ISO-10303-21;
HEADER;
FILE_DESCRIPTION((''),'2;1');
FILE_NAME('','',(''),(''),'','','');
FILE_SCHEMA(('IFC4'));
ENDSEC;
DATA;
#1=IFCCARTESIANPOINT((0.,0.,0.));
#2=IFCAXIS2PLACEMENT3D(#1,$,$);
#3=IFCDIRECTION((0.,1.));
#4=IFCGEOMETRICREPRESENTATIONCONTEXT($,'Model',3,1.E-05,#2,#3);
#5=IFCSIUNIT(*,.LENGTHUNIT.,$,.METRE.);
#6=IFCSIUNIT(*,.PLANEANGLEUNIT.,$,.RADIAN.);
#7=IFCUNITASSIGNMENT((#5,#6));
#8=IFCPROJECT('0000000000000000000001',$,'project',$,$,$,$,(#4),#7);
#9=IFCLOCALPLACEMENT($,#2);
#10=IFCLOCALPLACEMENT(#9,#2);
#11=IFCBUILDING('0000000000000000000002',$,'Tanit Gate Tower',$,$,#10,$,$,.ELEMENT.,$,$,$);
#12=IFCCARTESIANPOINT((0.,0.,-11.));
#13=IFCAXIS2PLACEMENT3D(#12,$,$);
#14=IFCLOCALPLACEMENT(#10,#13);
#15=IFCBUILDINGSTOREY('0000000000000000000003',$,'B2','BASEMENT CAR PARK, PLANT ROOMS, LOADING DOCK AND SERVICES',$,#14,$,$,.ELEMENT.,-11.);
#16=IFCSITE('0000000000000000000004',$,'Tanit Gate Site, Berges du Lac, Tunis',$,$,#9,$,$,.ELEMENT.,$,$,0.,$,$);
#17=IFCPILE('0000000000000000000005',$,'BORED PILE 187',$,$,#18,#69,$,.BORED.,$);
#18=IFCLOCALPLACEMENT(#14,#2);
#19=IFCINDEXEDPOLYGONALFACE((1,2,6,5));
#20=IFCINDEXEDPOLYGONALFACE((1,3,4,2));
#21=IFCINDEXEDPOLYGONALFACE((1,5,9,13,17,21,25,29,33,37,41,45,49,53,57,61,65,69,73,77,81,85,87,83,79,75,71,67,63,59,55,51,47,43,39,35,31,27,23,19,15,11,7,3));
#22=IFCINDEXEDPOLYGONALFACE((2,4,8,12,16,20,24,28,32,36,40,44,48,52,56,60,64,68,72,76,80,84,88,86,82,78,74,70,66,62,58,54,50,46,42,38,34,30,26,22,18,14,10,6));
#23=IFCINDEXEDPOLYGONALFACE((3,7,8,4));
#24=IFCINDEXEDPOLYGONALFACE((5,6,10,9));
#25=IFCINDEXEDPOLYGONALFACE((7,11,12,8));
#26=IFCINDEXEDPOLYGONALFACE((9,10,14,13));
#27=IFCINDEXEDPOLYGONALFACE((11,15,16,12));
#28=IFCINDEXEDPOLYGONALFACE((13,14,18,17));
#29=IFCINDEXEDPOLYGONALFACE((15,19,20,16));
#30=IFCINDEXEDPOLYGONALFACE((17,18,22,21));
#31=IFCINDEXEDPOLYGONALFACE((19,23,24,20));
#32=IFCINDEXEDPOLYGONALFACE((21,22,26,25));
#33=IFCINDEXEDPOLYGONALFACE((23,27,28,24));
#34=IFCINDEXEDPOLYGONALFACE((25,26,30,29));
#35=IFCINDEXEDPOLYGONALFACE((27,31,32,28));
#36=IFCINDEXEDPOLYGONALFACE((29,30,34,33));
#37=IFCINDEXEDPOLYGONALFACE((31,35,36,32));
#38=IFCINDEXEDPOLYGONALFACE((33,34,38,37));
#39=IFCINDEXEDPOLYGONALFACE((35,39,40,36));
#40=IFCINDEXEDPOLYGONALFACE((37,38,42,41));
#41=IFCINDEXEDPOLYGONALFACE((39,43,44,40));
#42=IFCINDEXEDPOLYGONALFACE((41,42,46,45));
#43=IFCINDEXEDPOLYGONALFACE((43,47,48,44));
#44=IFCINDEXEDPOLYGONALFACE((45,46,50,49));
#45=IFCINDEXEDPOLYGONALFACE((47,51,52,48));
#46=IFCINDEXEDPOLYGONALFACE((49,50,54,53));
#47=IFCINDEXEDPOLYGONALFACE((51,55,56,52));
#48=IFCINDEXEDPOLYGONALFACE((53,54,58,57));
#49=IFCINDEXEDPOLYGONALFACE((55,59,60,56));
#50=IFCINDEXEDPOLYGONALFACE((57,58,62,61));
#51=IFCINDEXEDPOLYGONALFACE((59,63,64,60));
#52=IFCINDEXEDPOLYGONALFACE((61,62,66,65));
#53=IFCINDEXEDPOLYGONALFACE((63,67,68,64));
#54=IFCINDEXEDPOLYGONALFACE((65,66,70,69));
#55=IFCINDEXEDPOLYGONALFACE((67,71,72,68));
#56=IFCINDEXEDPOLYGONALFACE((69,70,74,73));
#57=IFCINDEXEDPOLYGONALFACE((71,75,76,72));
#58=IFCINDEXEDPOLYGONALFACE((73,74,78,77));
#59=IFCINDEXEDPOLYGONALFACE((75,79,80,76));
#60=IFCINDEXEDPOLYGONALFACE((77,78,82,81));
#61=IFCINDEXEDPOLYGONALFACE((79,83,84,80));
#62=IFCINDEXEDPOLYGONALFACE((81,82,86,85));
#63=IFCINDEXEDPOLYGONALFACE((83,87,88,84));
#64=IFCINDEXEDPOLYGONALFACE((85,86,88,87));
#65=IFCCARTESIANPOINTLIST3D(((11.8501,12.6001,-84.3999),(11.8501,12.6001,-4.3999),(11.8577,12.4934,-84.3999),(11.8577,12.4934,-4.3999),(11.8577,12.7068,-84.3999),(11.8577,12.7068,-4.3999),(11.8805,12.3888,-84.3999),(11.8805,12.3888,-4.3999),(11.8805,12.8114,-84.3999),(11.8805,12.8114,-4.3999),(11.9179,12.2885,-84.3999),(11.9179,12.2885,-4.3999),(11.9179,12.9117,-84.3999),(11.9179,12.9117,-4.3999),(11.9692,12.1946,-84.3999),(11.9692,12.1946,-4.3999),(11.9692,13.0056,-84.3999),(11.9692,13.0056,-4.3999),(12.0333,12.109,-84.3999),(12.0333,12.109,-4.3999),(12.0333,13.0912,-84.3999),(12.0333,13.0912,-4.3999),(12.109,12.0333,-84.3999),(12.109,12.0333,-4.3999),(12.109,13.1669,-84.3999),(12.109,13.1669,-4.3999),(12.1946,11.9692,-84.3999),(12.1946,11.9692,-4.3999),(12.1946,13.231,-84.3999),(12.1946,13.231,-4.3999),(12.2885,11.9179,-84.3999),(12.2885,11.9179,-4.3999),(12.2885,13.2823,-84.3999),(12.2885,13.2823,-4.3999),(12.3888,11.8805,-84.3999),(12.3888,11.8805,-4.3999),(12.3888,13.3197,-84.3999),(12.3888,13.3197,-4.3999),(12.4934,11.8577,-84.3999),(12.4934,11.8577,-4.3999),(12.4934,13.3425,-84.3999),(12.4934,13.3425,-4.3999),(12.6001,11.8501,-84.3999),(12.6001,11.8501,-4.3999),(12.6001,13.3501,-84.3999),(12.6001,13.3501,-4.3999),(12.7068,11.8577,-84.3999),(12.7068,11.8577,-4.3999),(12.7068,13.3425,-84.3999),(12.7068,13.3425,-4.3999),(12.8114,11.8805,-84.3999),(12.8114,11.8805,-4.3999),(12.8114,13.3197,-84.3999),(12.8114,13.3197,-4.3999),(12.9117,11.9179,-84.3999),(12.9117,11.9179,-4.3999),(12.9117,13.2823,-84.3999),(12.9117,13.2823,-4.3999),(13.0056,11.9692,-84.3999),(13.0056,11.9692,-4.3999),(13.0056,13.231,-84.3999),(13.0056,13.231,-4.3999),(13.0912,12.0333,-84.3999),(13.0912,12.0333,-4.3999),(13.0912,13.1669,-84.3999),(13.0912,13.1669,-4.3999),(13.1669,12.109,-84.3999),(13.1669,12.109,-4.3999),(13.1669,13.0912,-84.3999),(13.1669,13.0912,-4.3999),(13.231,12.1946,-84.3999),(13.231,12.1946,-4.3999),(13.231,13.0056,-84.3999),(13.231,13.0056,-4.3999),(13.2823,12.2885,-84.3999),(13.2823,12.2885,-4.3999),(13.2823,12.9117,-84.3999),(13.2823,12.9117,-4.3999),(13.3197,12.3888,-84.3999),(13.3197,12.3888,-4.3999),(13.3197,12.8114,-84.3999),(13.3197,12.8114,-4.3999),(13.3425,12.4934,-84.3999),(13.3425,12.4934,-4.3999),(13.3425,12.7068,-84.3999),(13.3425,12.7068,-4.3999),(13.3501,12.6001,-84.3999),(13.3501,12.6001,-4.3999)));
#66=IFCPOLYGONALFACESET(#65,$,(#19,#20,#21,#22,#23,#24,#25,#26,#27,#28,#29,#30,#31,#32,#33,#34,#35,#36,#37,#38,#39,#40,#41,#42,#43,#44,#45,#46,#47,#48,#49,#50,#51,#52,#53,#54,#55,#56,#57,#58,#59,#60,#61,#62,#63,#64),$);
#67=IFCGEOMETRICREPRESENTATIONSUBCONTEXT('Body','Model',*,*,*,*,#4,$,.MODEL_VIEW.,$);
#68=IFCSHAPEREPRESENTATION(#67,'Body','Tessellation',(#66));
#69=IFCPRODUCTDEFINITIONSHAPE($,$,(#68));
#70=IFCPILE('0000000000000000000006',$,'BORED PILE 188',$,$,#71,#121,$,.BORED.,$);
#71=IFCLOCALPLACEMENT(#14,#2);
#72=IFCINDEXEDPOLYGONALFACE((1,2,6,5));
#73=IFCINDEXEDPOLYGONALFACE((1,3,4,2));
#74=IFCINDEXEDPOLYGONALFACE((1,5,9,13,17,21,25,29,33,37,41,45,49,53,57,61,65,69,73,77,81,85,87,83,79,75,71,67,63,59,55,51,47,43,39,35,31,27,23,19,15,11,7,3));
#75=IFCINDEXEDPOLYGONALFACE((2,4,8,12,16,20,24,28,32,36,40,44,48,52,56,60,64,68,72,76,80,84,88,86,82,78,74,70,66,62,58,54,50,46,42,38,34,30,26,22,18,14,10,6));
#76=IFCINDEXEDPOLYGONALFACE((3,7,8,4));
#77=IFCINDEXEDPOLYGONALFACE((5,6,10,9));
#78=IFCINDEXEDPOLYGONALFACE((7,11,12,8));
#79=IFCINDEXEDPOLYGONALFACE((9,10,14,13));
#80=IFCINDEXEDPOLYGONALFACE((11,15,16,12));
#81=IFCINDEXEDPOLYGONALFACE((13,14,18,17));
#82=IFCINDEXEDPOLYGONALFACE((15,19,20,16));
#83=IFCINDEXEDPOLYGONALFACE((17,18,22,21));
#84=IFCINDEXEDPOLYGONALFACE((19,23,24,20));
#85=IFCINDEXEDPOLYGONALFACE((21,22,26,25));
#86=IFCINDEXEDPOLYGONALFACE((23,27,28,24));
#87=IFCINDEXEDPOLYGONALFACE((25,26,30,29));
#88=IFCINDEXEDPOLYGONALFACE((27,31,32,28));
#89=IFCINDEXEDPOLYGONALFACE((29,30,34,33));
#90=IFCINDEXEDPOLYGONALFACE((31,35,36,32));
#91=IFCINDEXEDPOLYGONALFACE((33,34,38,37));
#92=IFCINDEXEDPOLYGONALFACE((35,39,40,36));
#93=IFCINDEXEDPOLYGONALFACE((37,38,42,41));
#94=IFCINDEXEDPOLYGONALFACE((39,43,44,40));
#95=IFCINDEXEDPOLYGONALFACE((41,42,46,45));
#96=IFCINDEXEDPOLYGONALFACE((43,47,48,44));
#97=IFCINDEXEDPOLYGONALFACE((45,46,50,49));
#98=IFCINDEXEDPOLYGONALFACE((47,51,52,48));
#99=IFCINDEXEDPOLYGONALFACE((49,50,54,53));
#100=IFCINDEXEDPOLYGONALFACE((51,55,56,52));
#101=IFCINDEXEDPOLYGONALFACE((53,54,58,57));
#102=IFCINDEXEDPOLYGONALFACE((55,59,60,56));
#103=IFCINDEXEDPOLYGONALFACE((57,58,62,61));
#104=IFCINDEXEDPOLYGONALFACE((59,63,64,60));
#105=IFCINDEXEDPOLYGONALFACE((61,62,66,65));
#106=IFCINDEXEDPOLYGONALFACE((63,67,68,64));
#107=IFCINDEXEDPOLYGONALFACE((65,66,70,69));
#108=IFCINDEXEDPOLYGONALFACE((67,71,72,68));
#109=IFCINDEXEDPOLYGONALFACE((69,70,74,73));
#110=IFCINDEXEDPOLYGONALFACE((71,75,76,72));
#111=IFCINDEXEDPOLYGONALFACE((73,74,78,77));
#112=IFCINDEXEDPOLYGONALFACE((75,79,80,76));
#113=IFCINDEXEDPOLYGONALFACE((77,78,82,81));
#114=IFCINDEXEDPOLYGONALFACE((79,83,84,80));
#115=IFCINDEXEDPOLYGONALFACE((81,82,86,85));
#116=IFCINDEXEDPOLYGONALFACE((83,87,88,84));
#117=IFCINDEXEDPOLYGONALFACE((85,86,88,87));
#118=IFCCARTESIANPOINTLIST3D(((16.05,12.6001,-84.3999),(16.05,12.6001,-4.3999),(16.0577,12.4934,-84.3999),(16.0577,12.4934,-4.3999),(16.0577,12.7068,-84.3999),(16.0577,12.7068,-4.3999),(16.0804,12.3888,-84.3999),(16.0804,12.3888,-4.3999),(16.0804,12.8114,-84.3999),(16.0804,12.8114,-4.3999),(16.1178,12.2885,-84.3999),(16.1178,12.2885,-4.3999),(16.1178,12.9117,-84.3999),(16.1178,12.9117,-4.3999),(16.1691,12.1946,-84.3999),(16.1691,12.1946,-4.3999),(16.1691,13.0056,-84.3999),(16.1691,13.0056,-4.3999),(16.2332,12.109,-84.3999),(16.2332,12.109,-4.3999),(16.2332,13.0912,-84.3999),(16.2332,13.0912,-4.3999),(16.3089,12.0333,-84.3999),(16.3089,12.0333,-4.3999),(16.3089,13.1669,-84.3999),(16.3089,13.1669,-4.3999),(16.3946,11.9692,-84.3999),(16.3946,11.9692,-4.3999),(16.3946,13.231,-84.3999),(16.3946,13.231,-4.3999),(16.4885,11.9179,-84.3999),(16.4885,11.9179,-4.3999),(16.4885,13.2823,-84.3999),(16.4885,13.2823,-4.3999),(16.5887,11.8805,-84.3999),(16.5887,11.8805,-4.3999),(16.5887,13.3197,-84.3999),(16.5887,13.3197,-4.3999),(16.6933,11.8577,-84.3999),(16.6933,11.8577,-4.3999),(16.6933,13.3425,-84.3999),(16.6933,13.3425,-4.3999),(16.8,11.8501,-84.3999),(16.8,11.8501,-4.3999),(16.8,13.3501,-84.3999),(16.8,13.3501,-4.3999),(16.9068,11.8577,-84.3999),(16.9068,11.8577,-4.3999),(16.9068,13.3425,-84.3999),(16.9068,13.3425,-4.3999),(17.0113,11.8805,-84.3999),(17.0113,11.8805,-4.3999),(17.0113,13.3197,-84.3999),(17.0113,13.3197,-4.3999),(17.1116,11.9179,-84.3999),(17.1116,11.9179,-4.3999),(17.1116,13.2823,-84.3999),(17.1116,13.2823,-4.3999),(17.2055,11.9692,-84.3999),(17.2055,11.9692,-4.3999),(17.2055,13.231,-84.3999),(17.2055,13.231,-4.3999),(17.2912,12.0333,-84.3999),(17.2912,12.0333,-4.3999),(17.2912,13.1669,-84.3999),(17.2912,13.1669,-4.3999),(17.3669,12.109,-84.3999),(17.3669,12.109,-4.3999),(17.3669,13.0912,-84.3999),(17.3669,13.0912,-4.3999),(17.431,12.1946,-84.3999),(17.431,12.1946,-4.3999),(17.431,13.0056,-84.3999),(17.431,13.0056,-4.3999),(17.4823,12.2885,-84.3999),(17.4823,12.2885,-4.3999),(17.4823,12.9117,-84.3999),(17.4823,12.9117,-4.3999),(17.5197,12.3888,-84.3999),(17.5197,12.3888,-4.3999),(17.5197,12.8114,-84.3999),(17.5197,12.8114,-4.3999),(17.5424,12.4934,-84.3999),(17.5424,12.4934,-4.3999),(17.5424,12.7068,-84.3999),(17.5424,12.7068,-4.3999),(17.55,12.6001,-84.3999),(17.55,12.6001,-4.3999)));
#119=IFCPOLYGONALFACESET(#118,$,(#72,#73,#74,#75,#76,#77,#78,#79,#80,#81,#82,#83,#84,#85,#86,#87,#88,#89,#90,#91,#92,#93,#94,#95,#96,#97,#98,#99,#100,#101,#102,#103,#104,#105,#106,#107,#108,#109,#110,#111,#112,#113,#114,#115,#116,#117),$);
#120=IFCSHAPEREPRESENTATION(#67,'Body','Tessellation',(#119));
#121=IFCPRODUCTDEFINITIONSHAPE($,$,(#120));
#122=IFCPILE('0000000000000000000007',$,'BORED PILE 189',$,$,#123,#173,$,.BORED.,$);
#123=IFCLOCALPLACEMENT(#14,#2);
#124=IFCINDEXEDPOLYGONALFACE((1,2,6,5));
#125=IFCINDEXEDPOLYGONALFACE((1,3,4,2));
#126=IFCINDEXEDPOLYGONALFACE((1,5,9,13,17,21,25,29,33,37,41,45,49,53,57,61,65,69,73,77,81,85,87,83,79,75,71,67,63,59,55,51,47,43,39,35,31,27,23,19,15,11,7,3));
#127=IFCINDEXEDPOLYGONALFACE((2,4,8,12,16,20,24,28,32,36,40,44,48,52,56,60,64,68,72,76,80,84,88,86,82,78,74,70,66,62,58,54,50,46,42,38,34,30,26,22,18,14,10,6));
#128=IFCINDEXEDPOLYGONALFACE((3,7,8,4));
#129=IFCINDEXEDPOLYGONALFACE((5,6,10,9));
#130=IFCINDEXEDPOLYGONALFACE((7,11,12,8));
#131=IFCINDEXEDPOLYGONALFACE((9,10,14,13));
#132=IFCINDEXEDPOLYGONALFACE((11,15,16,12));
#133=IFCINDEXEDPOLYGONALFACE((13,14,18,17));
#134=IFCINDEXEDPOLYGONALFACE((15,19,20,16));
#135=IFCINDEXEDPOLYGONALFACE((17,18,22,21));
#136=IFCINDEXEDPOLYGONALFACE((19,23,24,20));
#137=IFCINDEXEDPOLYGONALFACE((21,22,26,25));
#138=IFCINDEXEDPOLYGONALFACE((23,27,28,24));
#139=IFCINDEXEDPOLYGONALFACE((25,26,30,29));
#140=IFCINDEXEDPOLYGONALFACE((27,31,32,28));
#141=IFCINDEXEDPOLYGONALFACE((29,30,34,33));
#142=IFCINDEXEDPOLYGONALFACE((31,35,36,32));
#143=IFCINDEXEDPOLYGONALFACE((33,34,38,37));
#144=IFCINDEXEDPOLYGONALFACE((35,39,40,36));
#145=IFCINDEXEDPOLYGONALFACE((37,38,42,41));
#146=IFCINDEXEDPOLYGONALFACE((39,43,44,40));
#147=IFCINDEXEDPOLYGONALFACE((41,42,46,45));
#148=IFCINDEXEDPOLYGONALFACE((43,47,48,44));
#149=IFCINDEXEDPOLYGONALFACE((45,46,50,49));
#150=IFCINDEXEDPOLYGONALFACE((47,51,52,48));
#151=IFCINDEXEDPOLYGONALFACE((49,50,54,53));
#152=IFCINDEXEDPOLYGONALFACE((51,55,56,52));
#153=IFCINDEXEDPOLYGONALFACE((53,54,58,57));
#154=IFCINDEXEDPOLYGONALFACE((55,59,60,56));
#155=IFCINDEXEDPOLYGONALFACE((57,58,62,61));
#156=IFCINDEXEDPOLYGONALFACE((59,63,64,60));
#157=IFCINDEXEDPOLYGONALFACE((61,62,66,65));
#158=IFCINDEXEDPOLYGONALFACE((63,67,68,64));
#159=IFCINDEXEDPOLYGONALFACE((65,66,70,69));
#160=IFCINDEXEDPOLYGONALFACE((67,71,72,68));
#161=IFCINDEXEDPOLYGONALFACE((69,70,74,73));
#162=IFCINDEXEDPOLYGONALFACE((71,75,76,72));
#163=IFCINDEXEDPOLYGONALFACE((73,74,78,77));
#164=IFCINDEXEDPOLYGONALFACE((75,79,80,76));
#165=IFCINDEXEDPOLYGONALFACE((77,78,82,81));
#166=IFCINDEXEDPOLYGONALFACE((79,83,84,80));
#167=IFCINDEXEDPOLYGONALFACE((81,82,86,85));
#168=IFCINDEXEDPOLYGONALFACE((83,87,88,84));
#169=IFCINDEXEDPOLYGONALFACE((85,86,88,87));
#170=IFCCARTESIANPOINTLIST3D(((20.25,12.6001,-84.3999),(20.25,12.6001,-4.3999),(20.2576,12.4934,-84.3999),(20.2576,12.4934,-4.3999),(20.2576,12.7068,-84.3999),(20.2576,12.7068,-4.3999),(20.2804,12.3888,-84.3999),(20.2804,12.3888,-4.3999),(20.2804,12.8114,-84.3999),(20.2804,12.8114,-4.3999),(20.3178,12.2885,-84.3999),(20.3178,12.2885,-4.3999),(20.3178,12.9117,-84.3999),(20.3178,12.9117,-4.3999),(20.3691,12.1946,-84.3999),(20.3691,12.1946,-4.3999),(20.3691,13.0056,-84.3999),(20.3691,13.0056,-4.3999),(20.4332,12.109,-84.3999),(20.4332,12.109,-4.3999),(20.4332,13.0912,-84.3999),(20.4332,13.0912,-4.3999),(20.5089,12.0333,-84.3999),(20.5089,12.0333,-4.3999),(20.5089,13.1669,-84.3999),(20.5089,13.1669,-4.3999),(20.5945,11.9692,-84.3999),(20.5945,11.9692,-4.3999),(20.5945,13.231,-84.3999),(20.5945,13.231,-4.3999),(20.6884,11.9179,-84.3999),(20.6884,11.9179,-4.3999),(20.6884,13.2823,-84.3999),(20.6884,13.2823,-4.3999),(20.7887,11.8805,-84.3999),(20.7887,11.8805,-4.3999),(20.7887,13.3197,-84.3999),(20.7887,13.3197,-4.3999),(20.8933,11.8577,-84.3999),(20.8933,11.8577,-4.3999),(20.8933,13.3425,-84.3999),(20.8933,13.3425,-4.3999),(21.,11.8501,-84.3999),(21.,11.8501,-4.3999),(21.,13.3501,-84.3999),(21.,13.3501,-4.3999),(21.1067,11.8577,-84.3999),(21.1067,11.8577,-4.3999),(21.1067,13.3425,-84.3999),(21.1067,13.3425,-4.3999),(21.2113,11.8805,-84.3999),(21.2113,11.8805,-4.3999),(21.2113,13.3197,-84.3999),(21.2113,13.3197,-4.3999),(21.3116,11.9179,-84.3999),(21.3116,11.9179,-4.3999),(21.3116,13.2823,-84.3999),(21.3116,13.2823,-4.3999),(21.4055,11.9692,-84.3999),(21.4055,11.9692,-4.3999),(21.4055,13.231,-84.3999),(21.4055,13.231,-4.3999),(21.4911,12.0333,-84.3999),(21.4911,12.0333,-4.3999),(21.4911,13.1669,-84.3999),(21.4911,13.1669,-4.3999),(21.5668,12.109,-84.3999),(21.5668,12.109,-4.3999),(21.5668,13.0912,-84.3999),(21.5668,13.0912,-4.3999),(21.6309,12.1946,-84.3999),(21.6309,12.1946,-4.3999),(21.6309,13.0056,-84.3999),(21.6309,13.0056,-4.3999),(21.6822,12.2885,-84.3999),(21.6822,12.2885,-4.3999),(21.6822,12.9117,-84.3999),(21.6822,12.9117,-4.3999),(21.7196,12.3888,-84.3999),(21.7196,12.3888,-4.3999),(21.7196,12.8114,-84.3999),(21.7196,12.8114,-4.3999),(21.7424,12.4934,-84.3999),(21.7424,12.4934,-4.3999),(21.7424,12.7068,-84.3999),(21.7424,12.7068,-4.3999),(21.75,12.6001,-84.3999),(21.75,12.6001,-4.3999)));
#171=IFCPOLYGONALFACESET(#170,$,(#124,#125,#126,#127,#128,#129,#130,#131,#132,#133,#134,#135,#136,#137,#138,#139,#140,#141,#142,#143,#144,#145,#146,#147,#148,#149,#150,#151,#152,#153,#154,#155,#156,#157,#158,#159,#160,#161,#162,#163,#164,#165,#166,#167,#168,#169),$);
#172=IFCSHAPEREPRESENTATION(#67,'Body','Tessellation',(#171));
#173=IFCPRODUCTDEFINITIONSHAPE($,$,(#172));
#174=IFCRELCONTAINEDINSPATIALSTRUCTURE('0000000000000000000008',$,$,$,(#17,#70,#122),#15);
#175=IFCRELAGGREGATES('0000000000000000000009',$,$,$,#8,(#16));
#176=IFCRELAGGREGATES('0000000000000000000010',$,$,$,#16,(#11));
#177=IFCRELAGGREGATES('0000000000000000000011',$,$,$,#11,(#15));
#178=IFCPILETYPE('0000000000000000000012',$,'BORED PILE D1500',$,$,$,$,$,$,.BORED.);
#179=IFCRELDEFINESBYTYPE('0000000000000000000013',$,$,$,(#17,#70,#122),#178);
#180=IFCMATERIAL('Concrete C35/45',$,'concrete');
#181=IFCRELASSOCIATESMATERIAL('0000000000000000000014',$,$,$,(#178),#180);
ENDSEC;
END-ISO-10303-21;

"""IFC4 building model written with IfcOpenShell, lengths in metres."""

from ifc_helpers import new_model, si_unit, direction, frame, origin, origin_2d, place, context, subcontext, project, spatial, circle, extrude, material, material_profile, profile_set, type_object, element, save


model = new_model("IFC4")

# Units and contexts
model_context = context("Model", 3, precision=1e-05, world=origin(), true_north=direction((0.0, 1.0)))
body_context = subcontext(model_context, "Body", "Model", "MODEL_VIEW")
ifc_project = project(units=[si_unit("LENGTHUNIT", "METRE"), si_unit("PLANEANGLEUNIT", "RADIAN")], contexts=[model_context])

# Site, building, storey
site_placement = place(None, origin())
site = spatial("IfcSite", under=ifc_project, at=site_placement, Name="Tanit Gate Site, Berges du Lac, Tunis", CompositionType="ELEMENT", RefElevation=0.0)
building_placement = place(site_placement, origin())
building = spatial("IfcBuilding", under=site, at=building_placement, Name="Tanit Gate Tower", CompositionType="ELEMENT")
storey_placement = place(building_placement, frame((0.0, 0.0, -11.0)))
storey = spatial("IfcBuildingStorey", under=building, at=storey_placement, Name="B2", Description="BASEMENT CAR PARK, PLANT ROOMS, LOADING DOCK AND SERVICES", CompositionType="ELEMENT", Elevation=-11.0)

# Piles
ifc_material_1 = material(Name="Concrete C35/45", Category="concrete")
ifc_material_profile_1 = material_profile(ifc_material_1, circle(Radius=0.75, at=origin_2d()), Name="BORED PILE D1500 C35/45")
ifc_profile_set_1 = profile_set([ifc_material_profile_1], Name="Concrete C35/45")
pile_type = type_object("IfcPileType", Name="BORED PILE D1500", PredefinedType="BORED", material=ifc_profile_set_1)
for number, where, z_axis, x_axis, name in (
    (1, (12.6001, 12.6001, -4.3999), (0.0, 0.0, -1.0), (1.0, 0.0, 0.0), "BORED PILE 187"),
    (2, (16.8, 12.6001, -4.3999), (0.0, 0.0, -1.0), (1.0, 0.0, 0.0), "BORED PILE 188"),
    (3, (21.0, 12.6001, -4.3999), (0.0, 0.0, -1.0), (1.0, 0.0, 0.0), "BORED PILE 189"),
):
    element("IfcPile", number, at=place(storey_placement, frame(where, z_axis=z_axis, x_axis=x_axis)), inside=storey, type_object=pile_type, Name=name, PredefinedType="BORED", context=body_context, shape_type="SweptSolid", body=[
        extrude(circle(Radius=0.75, at=origin_2d()), origin(), (0.0, 0.0, 1.0), 80.0),
    ])

save(model, "model.ifc")
